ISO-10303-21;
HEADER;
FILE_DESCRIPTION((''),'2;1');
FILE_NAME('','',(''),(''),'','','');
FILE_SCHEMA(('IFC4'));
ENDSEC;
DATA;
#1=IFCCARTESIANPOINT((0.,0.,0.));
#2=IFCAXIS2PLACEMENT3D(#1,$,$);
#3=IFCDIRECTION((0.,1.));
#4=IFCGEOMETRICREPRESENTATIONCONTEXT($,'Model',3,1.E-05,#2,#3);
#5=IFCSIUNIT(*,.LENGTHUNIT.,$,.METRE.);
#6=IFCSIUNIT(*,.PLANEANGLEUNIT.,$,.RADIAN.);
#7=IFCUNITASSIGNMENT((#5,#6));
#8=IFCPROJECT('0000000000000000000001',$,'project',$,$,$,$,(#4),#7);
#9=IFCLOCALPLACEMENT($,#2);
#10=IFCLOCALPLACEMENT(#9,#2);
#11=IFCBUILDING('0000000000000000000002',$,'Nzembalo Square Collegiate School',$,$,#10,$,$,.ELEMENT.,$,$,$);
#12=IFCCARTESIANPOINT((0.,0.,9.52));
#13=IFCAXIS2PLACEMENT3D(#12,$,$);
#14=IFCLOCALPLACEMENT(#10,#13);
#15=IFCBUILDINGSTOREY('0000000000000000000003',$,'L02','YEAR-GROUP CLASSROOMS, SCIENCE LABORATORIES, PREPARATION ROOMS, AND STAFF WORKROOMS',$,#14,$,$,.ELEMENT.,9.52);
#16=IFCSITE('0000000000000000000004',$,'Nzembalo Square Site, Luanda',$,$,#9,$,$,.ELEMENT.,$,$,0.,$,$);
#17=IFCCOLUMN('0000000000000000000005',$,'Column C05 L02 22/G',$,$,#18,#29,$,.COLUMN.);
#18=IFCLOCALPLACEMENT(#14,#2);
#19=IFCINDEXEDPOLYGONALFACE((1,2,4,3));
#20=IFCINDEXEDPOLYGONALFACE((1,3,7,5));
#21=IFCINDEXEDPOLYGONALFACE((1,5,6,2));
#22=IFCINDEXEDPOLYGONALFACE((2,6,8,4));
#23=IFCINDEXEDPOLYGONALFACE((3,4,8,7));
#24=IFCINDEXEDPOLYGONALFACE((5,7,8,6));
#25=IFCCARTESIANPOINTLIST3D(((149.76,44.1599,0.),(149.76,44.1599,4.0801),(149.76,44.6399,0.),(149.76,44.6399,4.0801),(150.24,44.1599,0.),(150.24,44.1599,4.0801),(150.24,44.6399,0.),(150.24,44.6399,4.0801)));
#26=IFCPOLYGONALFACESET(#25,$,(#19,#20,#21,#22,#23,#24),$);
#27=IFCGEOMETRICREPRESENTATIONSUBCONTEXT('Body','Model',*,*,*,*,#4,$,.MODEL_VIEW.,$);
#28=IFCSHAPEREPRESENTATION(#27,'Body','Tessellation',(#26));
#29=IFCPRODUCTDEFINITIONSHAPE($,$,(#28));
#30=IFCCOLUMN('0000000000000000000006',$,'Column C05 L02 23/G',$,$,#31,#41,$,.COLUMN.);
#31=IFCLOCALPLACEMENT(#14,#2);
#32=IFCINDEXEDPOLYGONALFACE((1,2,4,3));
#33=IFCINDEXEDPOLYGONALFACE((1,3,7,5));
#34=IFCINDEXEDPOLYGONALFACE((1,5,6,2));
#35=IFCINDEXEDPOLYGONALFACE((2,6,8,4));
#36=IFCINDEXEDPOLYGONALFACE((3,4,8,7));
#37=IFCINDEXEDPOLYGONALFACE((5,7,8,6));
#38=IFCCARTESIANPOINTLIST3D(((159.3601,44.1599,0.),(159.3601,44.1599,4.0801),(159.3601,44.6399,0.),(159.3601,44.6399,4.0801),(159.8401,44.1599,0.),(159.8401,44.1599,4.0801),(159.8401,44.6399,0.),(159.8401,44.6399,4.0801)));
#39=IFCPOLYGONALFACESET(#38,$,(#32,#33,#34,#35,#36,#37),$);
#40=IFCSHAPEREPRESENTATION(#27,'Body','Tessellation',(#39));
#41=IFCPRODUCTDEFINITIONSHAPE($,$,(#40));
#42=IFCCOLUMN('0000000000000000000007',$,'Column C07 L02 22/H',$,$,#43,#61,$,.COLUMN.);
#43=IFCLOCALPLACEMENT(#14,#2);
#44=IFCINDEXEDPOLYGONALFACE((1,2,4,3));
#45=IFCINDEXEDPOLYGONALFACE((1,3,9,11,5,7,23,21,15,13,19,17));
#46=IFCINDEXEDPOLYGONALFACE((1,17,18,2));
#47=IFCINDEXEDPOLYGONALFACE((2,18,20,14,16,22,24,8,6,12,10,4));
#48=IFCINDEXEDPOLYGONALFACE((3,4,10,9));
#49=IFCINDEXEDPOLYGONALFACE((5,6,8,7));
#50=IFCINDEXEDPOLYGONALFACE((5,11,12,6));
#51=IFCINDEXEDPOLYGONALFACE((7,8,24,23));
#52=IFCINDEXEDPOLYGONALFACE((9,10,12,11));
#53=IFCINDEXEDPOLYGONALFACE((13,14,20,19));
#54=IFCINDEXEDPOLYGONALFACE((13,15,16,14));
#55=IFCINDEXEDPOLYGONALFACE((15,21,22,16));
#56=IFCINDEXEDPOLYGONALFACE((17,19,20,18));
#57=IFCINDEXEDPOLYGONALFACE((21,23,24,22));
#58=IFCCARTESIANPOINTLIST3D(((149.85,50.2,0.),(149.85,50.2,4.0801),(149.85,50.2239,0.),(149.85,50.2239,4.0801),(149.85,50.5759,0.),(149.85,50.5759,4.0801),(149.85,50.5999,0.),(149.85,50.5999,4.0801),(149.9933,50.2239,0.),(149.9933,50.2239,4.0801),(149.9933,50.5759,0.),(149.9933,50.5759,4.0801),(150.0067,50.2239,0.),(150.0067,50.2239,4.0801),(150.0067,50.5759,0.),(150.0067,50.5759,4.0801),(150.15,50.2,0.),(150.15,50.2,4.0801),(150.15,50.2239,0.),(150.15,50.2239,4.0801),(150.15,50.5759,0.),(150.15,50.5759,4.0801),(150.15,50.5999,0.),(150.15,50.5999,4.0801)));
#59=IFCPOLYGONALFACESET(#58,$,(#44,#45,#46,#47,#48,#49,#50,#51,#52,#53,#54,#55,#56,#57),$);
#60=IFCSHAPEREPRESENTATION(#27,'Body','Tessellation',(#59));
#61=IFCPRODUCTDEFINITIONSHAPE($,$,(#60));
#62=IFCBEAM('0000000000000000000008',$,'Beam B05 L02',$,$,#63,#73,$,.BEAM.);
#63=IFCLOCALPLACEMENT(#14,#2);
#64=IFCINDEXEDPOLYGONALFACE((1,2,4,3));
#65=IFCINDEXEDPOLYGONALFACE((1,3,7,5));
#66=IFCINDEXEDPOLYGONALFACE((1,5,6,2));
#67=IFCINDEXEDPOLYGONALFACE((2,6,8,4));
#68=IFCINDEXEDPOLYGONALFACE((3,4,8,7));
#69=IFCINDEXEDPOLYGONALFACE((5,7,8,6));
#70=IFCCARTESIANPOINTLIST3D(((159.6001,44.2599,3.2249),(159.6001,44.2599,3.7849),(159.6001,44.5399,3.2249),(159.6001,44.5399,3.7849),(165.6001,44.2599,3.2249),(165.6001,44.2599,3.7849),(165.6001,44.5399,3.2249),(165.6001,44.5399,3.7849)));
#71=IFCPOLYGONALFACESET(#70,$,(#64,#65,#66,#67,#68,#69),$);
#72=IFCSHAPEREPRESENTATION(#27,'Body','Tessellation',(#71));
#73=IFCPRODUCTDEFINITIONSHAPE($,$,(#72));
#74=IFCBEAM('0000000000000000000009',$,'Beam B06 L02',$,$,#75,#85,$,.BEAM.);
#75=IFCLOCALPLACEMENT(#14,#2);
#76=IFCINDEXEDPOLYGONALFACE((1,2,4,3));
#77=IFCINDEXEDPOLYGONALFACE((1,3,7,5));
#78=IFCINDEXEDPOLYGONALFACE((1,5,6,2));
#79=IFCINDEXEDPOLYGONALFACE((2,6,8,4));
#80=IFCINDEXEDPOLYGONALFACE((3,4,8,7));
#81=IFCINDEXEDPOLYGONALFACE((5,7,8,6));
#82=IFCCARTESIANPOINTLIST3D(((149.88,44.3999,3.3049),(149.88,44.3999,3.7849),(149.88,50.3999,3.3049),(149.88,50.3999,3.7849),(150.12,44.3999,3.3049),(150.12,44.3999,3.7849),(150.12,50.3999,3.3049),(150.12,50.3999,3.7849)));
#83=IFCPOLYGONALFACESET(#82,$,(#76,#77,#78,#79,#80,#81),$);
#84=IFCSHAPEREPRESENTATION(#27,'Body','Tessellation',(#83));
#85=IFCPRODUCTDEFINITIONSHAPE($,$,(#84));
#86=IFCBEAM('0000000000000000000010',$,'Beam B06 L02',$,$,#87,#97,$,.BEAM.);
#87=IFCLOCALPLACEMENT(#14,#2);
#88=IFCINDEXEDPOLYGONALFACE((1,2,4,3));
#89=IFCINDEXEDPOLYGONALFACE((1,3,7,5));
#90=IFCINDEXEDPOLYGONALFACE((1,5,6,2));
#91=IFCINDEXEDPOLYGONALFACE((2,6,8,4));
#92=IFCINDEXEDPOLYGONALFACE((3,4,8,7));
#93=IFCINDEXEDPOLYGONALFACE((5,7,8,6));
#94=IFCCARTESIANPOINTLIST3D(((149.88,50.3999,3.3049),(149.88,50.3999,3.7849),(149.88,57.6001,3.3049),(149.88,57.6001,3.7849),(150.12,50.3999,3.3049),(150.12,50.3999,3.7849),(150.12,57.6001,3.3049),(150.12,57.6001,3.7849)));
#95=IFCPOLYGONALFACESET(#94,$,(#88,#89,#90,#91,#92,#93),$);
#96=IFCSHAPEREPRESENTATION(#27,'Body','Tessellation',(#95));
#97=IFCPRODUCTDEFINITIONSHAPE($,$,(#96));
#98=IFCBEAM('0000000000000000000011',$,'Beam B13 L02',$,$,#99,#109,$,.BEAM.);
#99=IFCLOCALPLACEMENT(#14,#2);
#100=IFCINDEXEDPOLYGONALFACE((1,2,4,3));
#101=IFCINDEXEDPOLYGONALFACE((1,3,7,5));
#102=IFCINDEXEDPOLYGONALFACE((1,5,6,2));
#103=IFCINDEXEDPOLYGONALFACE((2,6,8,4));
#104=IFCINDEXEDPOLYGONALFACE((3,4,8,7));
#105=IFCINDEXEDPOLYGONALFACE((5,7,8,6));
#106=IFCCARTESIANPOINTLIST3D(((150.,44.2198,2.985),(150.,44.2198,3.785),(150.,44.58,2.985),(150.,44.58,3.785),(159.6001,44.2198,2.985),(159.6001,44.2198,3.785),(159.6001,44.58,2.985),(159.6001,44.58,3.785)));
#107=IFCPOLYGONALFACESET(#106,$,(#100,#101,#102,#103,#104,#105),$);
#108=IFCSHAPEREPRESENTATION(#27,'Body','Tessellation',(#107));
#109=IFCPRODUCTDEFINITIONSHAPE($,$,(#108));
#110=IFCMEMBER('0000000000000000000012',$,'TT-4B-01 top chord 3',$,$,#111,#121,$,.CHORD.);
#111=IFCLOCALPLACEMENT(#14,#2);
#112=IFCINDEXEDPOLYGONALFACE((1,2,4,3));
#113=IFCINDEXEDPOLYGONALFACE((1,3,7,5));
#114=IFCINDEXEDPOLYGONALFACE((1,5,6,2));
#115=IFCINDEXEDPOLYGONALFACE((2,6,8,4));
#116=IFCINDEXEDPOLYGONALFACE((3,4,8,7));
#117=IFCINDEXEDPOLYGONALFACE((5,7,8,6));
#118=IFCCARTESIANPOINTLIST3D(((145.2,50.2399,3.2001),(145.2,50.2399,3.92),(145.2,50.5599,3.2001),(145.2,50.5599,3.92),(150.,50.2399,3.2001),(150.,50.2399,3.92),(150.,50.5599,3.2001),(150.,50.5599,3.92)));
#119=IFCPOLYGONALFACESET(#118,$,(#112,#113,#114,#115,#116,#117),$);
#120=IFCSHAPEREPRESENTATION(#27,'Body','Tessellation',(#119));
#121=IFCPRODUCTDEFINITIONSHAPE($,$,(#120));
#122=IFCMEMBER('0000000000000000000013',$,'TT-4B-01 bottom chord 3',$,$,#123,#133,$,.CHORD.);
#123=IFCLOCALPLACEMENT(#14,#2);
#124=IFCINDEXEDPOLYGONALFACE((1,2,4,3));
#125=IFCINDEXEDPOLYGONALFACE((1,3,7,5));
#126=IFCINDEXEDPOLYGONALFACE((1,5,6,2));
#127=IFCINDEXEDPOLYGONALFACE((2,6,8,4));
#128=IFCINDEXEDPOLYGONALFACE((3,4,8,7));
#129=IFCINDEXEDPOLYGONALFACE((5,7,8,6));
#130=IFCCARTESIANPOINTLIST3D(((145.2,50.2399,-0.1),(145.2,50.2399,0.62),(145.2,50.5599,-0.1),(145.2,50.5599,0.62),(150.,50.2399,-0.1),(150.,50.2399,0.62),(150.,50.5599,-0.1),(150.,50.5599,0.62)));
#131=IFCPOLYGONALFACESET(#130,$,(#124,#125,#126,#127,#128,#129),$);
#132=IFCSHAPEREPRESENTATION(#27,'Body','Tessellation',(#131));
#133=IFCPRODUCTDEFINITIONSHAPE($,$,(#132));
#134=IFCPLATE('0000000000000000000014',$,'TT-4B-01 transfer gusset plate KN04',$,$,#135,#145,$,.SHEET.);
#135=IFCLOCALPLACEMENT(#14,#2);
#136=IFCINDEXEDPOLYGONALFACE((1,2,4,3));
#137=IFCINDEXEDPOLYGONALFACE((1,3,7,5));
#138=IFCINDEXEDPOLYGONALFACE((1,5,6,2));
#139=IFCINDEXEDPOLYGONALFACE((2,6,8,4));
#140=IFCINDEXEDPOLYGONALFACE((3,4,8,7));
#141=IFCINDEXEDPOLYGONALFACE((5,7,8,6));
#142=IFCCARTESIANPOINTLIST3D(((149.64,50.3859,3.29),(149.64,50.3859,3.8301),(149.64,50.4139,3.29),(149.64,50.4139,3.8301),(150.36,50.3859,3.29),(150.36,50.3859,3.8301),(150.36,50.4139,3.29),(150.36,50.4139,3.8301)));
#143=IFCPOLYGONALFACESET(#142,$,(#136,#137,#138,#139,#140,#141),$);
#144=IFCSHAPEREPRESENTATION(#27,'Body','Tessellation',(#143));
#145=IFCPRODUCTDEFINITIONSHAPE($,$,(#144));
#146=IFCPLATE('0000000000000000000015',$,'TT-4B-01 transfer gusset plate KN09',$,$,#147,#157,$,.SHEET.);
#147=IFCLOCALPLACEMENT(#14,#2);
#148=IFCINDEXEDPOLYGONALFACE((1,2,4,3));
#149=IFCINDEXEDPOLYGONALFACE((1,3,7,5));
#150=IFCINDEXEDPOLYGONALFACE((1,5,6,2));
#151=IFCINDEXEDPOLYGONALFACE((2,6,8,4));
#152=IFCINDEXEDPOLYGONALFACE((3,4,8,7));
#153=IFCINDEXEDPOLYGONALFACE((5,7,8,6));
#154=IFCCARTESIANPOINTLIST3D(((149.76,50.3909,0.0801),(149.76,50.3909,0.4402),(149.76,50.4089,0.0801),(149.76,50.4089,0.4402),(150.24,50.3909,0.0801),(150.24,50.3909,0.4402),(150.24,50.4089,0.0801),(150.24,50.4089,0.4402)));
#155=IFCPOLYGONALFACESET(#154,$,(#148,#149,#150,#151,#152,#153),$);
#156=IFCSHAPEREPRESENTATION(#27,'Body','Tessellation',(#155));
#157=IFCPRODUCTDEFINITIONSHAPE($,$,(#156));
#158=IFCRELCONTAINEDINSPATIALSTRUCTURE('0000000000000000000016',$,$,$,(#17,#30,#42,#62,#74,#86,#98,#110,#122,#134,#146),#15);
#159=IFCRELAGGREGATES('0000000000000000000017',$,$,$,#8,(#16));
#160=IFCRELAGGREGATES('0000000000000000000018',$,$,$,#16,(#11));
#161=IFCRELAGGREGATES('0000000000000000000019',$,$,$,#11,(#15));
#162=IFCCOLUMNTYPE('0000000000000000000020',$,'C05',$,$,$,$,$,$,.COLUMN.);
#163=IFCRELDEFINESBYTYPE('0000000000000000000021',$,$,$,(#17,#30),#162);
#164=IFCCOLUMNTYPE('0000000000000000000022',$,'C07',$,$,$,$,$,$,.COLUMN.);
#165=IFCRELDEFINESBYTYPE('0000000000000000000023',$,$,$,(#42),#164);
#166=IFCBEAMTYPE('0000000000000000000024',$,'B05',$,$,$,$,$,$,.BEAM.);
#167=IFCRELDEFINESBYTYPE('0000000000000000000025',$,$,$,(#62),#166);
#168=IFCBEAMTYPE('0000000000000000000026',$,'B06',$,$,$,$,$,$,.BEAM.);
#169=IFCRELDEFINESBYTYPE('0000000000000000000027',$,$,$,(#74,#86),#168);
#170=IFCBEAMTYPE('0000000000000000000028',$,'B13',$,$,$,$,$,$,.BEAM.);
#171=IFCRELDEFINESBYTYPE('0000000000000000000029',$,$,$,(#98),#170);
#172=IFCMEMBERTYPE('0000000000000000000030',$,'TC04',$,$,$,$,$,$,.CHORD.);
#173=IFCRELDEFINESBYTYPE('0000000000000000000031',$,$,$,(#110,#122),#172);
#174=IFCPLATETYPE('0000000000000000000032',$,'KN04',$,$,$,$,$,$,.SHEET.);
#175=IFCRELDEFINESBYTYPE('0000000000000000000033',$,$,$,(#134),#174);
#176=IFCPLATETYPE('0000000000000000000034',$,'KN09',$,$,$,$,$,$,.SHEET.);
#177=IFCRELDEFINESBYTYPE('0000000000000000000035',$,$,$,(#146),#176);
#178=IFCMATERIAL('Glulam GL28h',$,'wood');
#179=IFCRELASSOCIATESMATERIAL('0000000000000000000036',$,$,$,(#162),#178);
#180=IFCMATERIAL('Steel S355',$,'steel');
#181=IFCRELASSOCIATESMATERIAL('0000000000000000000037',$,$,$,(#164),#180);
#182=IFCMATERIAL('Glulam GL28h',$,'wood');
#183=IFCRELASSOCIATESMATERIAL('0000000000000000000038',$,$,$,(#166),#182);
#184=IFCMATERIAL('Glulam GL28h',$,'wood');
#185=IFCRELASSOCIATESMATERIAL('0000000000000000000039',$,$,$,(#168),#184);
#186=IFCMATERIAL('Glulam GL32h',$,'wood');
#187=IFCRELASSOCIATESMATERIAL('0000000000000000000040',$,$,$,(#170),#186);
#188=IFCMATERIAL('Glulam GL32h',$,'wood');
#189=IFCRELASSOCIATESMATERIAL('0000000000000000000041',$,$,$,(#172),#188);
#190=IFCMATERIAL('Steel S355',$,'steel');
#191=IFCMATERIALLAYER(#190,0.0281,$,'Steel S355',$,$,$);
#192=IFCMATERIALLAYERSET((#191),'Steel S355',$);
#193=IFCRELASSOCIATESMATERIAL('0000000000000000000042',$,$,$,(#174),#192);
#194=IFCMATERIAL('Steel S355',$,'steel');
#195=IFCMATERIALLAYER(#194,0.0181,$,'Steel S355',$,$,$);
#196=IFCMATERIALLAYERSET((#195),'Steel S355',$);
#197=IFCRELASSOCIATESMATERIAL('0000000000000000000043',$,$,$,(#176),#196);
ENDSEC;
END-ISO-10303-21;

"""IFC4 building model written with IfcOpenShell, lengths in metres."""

from ifc_helpers import new_model, si_unit, direction, frame, origin, origin_2d, place, context, subcontext, project, spatial, rectangle, i_section, extrude, material, layer, layer_set, material_profile, profile_set, type_object, element, save


model = new_model("IFC4")

# Units and contexts
model_context = context("Model", 3, precision=1e-05, world=origin(), true_north=direction((0.0, 1.0)))
body_context = subcontext(model_context, "Body", "Model", "MODEL_VIEW")
ifc_project = project(units=[si_unit("LENGTHUNIT", "METRE"), si_unit("PLANEANGLEUNIT", "RADIAN")], contexts=[model_context])

# Site, building, storey
site_placement = place(None, origin())
site = spatial("IfcSite", under=ifc_project, at=site_placement, Name="Nzembalo Square Site, Luanda", CompositionType="ELEMENT", RefElevation=0.0)
building_placement = place(site_placement, origin())
building = spatial("IfcBuilding", under=site, at=building_placement, Name="Nzembalo Square Collegiate School", CompositionType="ELEMENT")
storey_placement = place(building_placement, frame((0.0, 0.0, 9.52)))
storey = spatial("IfcBuildingStorey", under=building, at=storey_placement, Name="L02", Description="YEAR-GROUP CLASSROOMS, SCIENCE LABORATORIES, PREPARATION ROOMS, AND STAFF WORKROOMS", CompositionType="ELEMENT", Elevation=9.52)

# Columns
ifc_material_1 = material(Name="Glulam GL28h", Category="wood")
ifc_material_profile_1 = material_profile(ifc_material_1, rectangle(XDim=0.48, YDim=0.48, at=origin_2d()), Name="GL28h 480x480")
ifc_profile_set_1 = profile_set([ifc_material_profile_1], Name="Glulam GL28h")
column_type_1 = type_object("IfcColumnType", Name="C05", PredefinedType="COLUMN", material=ifc_profile_set_1)
for number, where, z_axis, x_axis, name in (
    (1, (150.0, 44.3999, 0.0), (0.0, 0.0, 1.0), (1.0, 0.0, 0.0), "Column C05 L02 22/G"),
    (2, (159.6001, 44.3999, 0.0), (0.0, 0.0, 1.0), (1.0, 0.0, 0.0), "Column C05 L02 23/G"),
):
    element("IfcColumn", number, at=place(storey_placement, frame(where, z_axis=z_axis, x_axis=x_axis)), inside=storey, type_object=column_type_1, Name=name, PredefinedType="COLUMN", context=body_context, shape_type="SweptSolid", body=[
        extrude(rectangle(XDim=0.48, YDim=0.48, at=origin_2d()), origin(), (0.0, 0.0, 1.0), 4.0801),
    ])
ifc_material_2 = material(Name="Steel S355", Category="steel")
ifc_material_profile_2 = material_profile(ifc_material_2, i_section(OverallWidth=0.3, OverallDepth=0.3999, WebThickness=0.0134, FlangeThickness=0.0239, at=origin_2d()), Name="HEB 400")
ifc_profile_set_2 = profile_set([ifc_material_profile_2], Name="Steel S355")
column_type_2 = type_object("IfcColumnType", Name="C07", PredefinedType="COLUMN", material=ifc_profile_set_2)
column_placement = place(storey_placement, frame((150.0, 50.3999, 0.0), z_axis=(0.0, 0.0, 1.0), x_axis=(1.0, 0.0, 0.0)))
element("IfcColumn", 3, at=column_placement, inside=storey, type_object=column_type_2, Name="Column C07 L02 22/H", PredefinedType="COLUMN", context=body_context, shape_type="SweptSolid", body=[
    extrude(i_section(OverallWidth=0.3, OverallDepth=0.3999, WebThickness=0.0134, FlangeThickness=0.0239, at=origin_2d()), origin(), (0.0, 0.0, 1.0), 4.0801),
])

# Beams
ifc_material_3 = material(Name="Glulam GL28h", Category="wood")
ifc_material_profile_3 = material_profile(ifc_material_3, rectangle(XDim=0.28, YDim=0.5601, at=origin_2d()), Name="GL28h 280x560")
ifc_profile_set_3 = profile_set([ifc_material_profile_3], Name="Glulam GL28h")
beam_type_1 = type_object("IfcBeamType", Name="B05", PredefinedType="BEAM", material=ifc_profile_set_3)
beam_1_placement = place(storey_placement, frame((159.6001, 44.3999, 3.5049), z_axis=(1.0, 0.0, 0.0), x_axis=(0.0, 1.0, 0.0)))
element("IfcBeam", 4, at=beam_1_placement, inside=storey, type_object=beam_type_1, Name="Beam B05 L02", PredefinedType="BEAM", context=body_context, shape_type="SweptSolid", body=[
    extrude(rectangle(XDim=0.28, YDim=0.5601, at=origin_2d()), origin(), (0.0, 0.0, 1.0), 6.0),
])
ifc_material_4 = material(Name="Glulam GL28h", Category="wood")
ifc_material_profile_4 = material_profile(ifc_material_4, rectangle(XDim=0.24, YDim=0.48, at=origin_2d()), Name="GL28h 240x480")
ifc_profile_set_4 = profile_set([ifc_material_profile_4], Name="Glulam GL28h")
beam_type_2 = type_object("IfcBeamType", Name="B06", PredefinedType="BEAM", material=ifc_profile_set_4)
beam_2_placement = place(storey_placement, frame((150.0, 44.3999, 3.5449), z_axis=(0.0, 1.0, 0.0), x_axis=(-1.0, 0.0, 0.0)))
element("IfcBeam", 5, at=beam_2_placement, inside=storey, type_object=beam_type_2, Name="Beam B06 L02", PredefinedType="BEAM", context=body_context, shape_type="SweptSolid", body=[
    extrude(rectangle(XDim=0.24, YDim=0.48, at=origin_2d()), origin(), (0.0, 0.0, 1.0), 6.0),
])
beam_3_placement = place(storey_placement, frame((150.0, 50.3999, 3.5449), z_axis=(0.0, 1.0, 0.0), x_axis=(-1.0, 0.0, 0.0)))
element("IfcBeam", 6, at=beam_3_placement, inside=storey, type_object=beam_type_2, Name="Beam B06 L02", PredefinedType="BEAM", context=body_context, shape_type="SweptSolid", body=[
    extrude(rectangle(XDim=0.24, YDim=0.48, at=origin_2d()), origin(), (0.0, 0.0, 1.0), 7.2002),
])
ifc_material_5 = material(Name="Glulam GL32h", Category="wood")
ifc_material_profile_5 = material_profile(ifc_material_5, rectangle(XDim=0.3601, YDim=0.8, at=origin_2d()), Name="GL32h 360x800")
ifc_profile_set_5 = profile_set([ifc_material_profile_5], Name="Glulam GL32h")
beam_type_3 = type_object("IfcBeamType", Name="B13", PredefinedType="BEAM", material=ifc_profile_set_5)
beam_4_placement = place(storey_placement, frame((150.0, 44.3999, 3.385), z_axis=(1.0, 0.0, 0.0), x_axis=(0.0, 1.0, 0.0)))
element("IfcBeam", 7, at=beam_4_placement, inside=storey, type_object=beam_type_3, Name="Beam B13 L02", PredefinedType="BEAM", context=body_context, shape_type="SweptSolid", body=[
    extrude(rectangle(XDim=0.3601, YDim=0.8, at=origin_2d()), origin(), (0.0, 0.0, 1.0), 9.6001),
])

# Members
ifc_material_6 = material(Name="Glulam GL32h", Category="wood")
ifc_material_profile_6 = material_profile(ifc_material_6, rectangle(XDim=0.3201, YDim=0.72, at=origin_2d()), Name="GL32h 320x720")
ifc_profile_set_6 = profile_set([ifc_material_profile_6], Name="Glulam GL32h")
member_type = type_object("IfcMemberType", Name="TC04", PredefinedType="CHORD", material=ifc_profile_set_6)
for number, where, z_axis, x_axis, name in (
    (8, (150.0, 50.3999, 3.5601), (-1.0, 0.0, 0.0), (0.0, -1.0, 0.0), "TT-4B-01 top chord 3"),
    (9, (150.0, 50.3999, 0.26), (-1.0, 0.0, 0.0), (0.0, -1.0, 0.0), "TT-4B-01 bottom chord 3"),
):
    element("IfcMember", number, at=place(storey_placement, frame(where, z_axis=z_axis, x_axis=x_axis)), inside=storey, type_object=member_type, Name=name, PredefinedType="CHORD", context=body_context, shape_type="SweptSolid", body=[
        extrude(rectangle(XDim=0.3201, YDim=0.72, at=origin_2d()), origin(), (0.0, 0.0, 1.0), 4.8),
    ])

# Plates
ifc_material_7 = material(Name="Steel S355", Category="steel")
ifc_layer_1 = layer(ifc_material_7, 0.0281, Name="Steel S355")
ifc_layer_set_1 = layer_set([ifc_layer_1], Name="Steel S355")
plate_type_1 = type_object("IfcPlateType", Name="KN04", PredefinedType="SHEET", material=ifc_layer_set_1)
plate_1_placement = place(storey_placement, frame((150.0, 50.3999, 3.29), z_axis=(0.0, 0.0, 1.0), x_axis=(1.0, 0.0, 0.0)))
element("IfcPlate", 10, at=plate_1_placement, inside=storey, type_object=plate_type_1, Name="TT-4B-01 transfer gusset plate KN04", PredefinedType="SHEET", context=body_context, shape_type="SweptSolid", body=[
    extrude(rectangle(XDim=0.72, YDim=0.0281, at=origin_2d()), origin(), (0.0, 0.0, 1.0), 0.54),
])
ifc_material_8 = material(Name="Steel S355", Category="steel")
ifc_layer_2 = layer(ifc_material_8, 0.0181, Name="Steel S355")
ifc_layer_set_2 = layer_set([ifc_layer_2], Name="Steel S355")
plate_type_2 = type_object("IfcPlateType", Name="KN09", PredefinedType="SHEET", material=ifc_layer_set_2)
plate_2_placement = place(storey_placement, frame((150.0, 50.3999, 0.0801), z_axis=(0.0, 0.0, 1.0), x_axis=(1.0, 0.0, 0.0)))
element("IfcPlate", 11, at=plate_2_placement, inside=storey, type_object=plate_type_2, Name="TT-4B-01 transfer gusset plate KN09", PredefinedType="SHEET", context=body_context, shape_type="SweptSolid", body=[
    extrude(rectangle(XDim=0.48, YDim=0.0181, at=origin_2d()), origin(), (0.0, 0.0, 1.0), 0.3601),
])

save(model, "model.ifc")
